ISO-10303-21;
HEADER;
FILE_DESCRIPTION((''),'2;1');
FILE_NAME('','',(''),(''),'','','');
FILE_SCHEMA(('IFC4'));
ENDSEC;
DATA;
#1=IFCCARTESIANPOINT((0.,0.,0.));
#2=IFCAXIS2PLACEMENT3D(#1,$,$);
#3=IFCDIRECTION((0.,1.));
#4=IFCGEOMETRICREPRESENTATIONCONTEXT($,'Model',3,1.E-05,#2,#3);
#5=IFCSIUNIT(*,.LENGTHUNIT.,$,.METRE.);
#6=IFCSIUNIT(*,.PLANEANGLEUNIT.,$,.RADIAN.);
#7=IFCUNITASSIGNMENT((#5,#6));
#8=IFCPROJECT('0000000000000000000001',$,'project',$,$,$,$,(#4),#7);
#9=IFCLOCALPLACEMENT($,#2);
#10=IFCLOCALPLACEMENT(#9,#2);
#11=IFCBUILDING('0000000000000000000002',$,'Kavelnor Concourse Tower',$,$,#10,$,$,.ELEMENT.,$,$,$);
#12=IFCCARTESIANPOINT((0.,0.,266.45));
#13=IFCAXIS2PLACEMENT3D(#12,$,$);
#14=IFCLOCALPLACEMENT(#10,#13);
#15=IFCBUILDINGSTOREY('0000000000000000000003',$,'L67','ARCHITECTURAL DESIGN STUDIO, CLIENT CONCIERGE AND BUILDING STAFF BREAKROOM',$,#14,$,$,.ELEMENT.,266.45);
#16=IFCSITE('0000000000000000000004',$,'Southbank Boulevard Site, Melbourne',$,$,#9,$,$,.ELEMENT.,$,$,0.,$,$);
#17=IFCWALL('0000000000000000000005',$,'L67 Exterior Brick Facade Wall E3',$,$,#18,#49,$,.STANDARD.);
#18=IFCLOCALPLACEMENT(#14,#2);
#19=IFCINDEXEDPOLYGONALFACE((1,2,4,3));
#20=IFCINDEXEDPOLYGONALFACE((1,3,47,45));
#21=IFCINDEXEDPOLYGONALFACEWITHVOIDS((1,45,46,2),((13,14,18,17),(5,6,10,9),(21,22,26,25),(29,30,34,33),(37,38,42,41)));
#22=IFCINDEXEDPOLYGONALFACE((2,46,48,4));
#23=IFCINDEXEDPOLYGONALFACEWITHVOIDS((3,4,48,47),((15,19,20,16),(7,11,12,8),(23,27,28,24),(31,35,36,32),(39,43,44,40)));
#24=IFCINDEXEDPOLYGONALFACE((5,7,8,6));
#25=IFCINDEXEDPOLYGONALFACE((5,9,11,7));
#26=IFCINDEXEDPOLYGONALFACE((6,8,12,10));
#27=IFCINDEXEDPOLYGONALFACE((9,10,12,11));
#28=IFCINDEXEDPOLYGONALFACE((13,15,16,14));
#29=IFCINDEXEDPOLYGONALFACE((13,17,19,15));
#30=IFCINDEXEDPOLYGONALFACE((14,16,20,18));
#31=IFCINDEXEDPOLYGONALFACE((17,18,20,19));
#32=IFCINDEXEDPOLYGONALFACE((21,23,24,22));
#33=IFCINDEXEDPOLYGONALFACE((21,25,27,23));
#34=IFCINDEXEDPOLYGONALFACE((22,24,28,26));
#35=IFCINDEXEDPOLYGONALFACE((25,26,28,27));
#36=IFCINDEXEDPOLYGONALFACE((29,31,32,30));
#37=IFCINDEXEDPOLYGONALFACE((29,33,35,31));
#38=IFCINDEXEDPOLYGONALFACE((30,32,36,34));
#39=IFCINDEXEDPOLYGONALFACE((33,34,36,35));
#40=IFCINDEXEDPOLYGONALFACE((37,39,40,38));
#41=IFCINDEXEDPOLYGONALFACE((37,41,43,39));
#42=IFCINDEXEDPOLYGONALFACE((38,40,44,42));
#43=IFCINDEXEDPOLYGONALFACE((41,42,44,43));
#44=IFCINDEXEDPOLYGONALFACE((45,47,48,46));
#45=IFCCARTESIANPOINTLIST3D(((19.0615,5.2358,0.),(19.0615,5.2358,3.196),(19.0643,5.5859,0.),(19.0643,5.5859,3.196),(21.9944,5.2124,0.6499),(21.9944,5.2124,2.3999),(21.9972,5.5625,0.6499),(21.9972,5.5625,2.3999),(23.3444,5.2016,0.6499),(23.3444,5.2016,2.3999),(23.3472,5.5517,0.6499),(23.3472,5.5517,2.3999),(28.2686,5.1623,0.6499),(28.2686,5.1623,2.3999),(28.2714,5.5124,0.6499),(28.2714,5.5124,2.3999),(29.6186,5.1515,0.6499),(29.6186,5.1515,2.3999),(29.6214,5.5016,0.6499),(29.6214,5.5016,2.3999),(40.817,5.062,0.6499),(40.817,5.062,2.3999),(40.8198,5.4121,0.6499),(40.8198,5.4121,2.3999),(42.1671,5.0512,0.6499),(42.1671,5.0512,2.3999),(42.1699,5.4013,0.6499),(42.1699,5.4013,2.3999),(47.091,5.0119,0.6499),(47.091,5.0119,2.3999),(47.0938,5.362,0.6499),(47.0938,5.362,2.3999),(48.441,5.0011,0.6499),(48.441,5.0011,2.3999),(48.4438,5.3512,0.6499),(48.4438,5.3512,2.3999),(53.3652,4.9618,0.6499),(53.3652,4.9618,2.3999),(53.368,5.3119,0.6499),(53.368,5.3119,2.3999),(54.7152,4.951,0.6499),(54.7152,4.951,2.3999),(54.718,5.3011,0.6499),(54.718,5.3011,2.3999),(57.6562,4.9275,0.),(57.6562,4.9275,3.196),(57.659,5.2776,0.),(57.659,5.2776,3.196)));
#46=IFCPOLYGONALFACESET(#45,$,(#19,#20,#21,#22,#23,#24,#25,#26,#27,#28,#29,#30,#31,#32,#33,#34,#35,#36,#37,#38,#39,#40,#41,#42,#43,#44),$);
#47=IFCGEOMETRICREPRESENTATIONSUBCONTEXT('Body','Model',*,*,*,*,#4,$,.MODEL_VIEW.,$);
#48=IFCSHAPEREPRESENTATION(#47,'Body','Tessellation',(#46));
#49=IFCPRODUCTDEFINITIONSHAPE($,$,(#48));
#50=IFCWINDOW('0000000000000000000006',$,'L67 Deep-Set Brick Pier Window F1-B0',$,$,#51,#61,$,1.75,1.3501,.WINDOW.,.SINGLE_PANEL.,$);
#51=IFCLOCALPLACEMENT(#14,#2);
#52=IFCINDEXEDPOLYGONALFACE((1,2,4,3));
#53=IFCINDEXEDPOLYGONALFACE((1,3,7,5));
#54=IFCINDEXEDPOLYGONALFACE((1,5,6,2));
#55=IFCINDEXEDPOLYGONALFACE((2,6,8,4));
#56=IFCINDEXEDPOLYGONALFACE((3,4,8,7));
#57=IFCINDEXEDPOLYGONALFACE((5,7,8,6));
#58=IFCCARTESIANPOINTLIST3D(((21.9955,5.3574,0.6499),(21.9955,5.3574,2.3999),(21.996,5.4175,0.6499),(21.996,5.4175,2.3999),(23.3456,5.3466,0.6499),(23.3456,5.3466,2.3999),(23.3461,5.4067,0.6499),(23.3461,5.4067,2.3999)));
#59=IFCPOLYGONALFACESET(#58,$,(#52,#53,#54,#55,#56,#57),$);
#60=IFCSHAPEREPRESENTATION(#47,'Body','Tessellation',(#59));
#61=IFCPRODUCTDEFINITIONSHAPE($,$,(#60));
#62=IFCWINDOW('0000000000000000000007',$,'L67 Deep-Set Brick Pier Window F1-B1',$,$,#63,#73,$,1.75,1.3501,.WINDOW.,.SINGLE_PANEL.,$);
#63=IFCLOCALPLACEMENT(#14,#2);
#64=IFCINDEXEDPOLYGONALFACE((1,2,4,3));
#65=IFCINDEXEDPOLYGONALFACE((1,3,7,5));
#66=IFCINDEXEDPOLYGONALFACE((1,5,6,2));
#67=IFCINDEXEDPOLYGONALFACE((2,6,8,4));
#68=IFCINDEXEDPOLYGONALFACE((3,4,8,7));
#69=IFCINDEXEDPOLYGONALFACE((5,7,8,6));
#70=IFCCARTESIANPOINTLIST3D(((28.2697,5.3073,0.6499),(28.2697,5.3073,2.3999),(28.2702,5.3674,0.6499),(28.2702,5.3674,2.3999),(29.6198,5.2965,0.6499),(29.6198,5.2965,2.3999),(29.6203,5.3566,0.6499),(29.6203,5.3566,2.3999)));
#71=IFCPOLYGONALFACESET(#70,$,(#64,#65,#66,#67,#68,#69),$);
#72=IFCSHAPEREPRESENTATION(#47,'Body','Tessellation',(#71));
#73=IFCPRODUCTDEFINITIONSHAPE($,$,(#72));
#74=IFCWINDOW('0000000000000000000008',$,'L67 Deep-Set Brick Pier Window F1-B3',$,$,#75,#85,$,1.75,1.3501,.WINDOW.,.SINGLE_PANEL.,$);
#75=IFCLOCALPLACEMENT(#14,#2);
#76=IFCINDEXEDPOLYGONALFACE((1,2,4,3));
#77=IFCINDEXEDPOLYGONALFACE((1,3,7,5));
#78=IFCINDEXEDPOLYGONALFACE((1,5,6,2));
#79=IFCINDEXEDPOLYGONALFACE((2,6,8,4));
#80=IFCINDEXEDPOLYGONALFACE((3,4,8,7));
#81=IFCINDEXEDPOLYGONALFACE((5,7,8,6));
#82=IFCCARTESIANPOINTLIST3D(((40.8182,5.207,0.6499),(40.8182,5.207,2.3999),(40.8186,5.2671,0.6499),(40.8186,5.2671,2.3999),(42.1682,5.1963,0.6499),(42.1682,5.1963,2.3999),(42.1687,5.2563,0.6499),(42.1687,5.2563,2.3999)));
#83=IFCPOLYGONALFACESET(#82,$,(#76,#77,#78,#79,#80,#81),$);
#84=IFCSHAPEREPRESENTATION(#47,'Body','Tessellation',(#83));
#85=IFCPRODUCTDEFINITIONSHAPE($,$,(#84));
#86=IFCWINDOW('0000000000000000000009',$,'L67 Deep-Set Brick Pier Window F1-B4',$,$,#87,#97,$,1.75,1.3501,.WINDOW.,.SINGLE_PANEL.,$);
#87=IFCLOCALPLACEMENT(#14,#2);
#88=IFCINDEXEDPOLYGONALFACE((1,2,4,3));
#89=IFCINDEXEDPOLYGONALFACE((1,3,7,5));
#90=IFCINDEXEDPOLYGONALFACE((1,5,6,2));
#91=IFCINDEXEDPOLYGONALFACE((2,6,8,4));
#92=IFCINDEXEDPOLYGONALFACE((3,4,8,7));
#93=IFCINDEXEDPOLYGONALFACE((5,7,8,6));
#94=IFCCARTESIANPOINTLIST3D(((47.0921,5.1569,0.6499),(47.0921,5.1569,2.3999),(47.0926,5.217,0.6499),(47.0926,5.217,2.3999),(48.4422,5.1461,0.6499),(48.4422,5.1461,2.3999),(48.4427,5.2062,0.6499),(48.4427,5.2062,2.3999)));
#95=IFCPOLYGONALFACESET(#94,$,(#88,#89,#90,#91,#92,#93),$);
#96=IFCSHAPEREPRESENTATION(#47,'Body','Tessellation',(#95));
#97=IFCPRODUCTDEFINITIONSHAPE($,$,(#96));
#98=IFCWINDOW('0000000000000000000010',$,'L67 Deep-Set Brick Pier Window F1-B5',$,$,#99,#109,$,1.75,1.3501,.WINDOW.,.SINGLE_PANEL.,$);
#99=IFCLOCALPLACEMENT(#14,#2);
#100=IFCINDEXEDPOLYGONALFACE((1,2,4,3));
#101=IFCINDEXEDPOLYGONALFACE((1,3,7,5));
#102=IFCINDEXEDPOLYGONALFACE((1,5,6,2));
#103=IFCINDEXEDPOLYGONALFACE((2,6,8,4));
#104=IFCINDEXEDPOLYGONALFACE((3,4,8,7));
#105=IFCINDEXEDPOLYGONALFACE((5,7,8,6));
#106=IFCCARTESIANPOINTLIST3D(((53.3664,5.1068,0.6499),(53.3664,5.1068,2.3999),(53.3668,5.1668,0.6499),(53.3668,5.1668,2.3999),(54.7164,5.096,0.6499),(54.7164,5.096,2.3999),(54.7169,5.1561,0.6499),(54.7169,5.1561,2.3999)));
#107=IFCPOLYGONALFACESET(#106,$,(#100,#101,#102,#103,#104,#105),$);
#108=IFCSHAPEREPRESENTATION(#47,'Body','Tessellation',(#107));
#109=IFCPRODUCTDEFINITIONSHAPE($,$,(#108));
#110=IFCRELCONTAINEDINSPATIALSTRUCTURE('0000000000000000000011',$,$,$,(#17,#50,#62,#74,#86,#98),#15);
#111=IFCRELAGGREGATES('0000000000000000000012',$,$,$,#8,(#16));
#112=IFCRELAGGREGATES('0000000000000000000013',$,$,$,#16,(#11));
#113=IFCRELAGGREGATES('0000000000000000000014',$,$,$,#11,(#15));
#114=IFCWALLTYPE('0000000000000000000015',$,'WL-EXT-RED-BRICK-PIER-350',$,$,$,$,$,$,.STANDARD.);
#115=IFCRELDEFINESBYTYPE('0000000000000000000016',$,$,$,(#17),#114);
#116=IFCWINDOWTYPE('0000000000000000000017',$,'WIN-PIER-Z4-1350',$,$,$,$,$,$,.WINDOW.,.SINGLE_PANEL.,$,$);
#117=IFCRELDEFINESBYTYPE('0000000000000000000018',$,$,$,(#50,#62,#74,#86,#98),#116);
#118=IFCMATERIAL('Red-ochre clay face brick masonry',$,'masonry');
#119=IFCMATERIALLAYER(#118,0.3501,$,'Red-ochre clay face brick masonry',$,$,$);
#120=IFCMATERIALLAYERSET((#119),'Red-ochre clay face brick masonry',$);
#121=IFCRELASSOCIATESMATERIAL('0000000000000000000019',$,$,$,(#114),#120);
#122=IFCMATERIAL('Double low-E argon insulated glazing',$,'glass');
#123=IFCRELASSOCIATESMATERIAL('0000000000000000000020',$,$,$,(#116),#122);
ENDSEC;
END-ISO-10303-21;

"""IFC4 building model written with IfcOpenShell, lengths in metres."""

from ifc_helpers import new_model, si_unit, direction, frame, frame_2d, origin, place, context, subcontext, project, spatial, rectangle, extrude, material, layer, layer_set, type_object, element, fill, save


model = new_model("IFC4")

# Units and contexts
model_context = context("Model", 3, precision=1e-05, world=origin(), true_north=direction((0.0, 1.0)))
body_context = subcontext(model_context, "Body", "Model", "MODEL_VIEW")
ifc_project = project(units=[si_unit("LENGTHUNIT", "METRE"), si_unit("PLANEANGLEUNIT", "RADIAN")], contexts=[model_context])

# Site, building, storey
site_placement = place(None, origin())
site = spatial("IfcSite", under=ifc_project, at=site_placement, Name="Southbank Boulevard Site, Melbourne", CompositionType="ELEMENT", RefElevation=0.0)
building_placement = place(site_placement, origin())
building = spatial("IfcBuilding", under=site, at=building_placement, Name="Kavelnor Concourse Tower", CompositionType="ELEMENT")
storey_placement = place(building_placement, frame((0.0, 0.0, 266.45)))
storey = spatial("IfcBuildingStorey", under=building, at=storey_placement, Name="L67", Description="ARCHITECTURAL DESIGN STUDIO, CLIENT CONCIERGE AND BUILDING STAFF BREAKROOM", CompositionType="ELEMENT", Elevation=266.45)

# Shared definitions
ifc_material_1 = material(Name="Double low-E argon insulated glazing", Category="glass")

# Wall, openings, windows
ifc_material_2 = material(Name="Red-ochre clay face brick masonry", Category="masonry")
ifc_layer_1 = layer(ifc_material_2, 0.3501, Name="Red-ochre clay face brick masonry")
ifc_layer_set_1 = layer_set([ifc_layer_1], Name="Red-ochre clay face brick masonry")
wall_type_1 = type_object("IfcWallType", Name="WL-EXT-RED-BRICK-PIER-350", PredefinedType="STANDARD", material=ifc_layer_set_1)
wall_1_placement = place(storey_placement, frame((57.6575, 5.1025, 0.0), z_axis=(0.0, 0.0, 1.0), x_axis=(-0.999968, 0.007989, 0.0)))
wall_1 = element("IfcWall", 1, at=wall_1_placement, inside=storey, type_object=wall_type_1, Name="L67 Exterior Brick Facade Wall E3", PredefinedType="STANDARD", context=body_context, shape_type="SweptSolid", body=[
    extrude(rectangle(XDim=38.5959, YDim=0.3501, at=frame_2d((19.2979, 0.0))), origin(), (0.0, 0.0, 1.0), 3.196),
])
opening_1_placement = place(wall_1_placement, frame((34.3127, 0.0, 0.6499)))
opening_1 = element("IfcOpeningElement", 2, at=opening_1_placement, cuts=wall_1, PredefinedType="OPENING", context=body_context, shape_type="SweptSolid", body=[
    extrude(rectangle(XDim=1.3501, YDim=1.75, at=frame_2d((0.675, 0.875))), frame((0.0, 0.1851, 0.0), z_axis=(0.0, -1.0, 0.0), x_axis=(1.0, 0.0, 0.0)), (0.0, 0.0, 1.0), 0.3701),
])
opening_2_placement = place(wall_1_placement, frame((28.0383, 0.0, 0.6499)))
opening_2 = element("IfcOpeningElement", 3, at=opening_2_placement, cuts=wall_1, PredefinedType="OPENING", context=body_context, shape_type="SweptSolid", body=[
    extrude(rectangle(XDim=1.3501, YDim=1.75, at=frame_2d((0.675, 0.875))), frame((0.0, 0.1851, 0.0), z_axis=(0.0, -1.0, 0.0), x_axis=(1.0, 0.0, 0.0)), (0.0, 0.0, 1.0), 0.3701),
])
opening_3_placement = place(wall_1_placement, frame((15.4895, 0.0, 0.6499)))
opening_3 = element("IfcOpeningElement", 4, at=opening_3_placement, cuts=wall_1, PredefinedType="OPENING", context=body_context, shape_type="SweptSolid", body=[
    extrude(rectangle(XDim=1.3501, YDim=1.75, at=frame_2d((0.675, 0.875))), frame((0.0, 0.1851, 0.0), z_axis=(0.0, -1.0, 0.0), x_axis=(1.0, 0.0, 0.0)), (0.0, 0.0, 1.0), 0.3701),
])
opening_4_placement = place(wall_1_placement, frame((9.2153, 0.0, 0.6499)))
opening_4 = element("IfcOpeningElement", 5, at=opening_4_placement, cuts=wall_1, PredefinedType="OPENING", context=body_context, shape_type="SweptSolid", body=[
    extrude(rectangle(XDim=1.3501, YDim=1.75, at=frame_2d((0.675, 0.875))), frame((0.0, 0.1851, 0.0), z_axis=(0.0, -1.0, 0.0), x_axis=(1.0, 0.0, 0.0)), (0.0, 0.0, 1.0), 0.3701),
])
opening_5_placement = place(wall_1_placement, frame((2.9409, 0.0, 0.6499)))
opening_5 = element("IfcOpeningElement", 6, at=opening_5_placement, cuts=wall_1, PredefinedType="OPENING", context=body_context, shape_type="SweptSolid", body=[
    extrude(rectangle(XDim=1.3501, YDim=1.75, at=frame_2d((0.675, 0.875))), frame((0.0, 0.1851, 0.0), z_axis=(0.0, -1.0, 0.0), x_axis=(1.0, 0.0, 0.0)), (0.0, 0.0, 1.0), 0.3701),
])
window_type_1 = type_object("IfcWindowType", Name="WIN-PIER-Z4-1350", PartitioningType="SINGLE_PANEL", PredefinedType="WINDOW", material=ifc_material_1)
window_1_placement = place(opening_1_placement, origin())
window_1 = element("IfcWindow", 7, at=window_1_placement, inside=storey, type_object=window_type_1, Name="L67 Deep-Set Brick Pier Window F1-B0", OverallHeight=1.75, OverallWidth=1.3501, PartitioningType="SINGLE_PANEL", PredefinedType="WINDOW", context=body_context, shape_type="SweptSolid", body=[
    extrude(rectangle(XDim=1.3501, YDim=1.75, at=frame_2d((0.675, 0.875))), frame((0.0, 0.03, 0.0), z_axis=(0.0, -1.0, 0.0), x_axis=(1.0, 0.0, 0.0)), (0.0, 0.0, 1.0), 0.0601),
])
fill(opening_1, window_1)
window_2_placement = place(opening_2_placement, origin())
window_2 = element("IfcWindow", 8, at=window_2_placement, inside=storey, type_object=window_type_1, Name="L67 Deep-Set Brick Pier Window F1-B1", OverallHeight=1.75, OverallWidth=1.3501, PartitioningType="SINGLE_PANEL", PredefinedType="WINDOW", context=body_context, shape_type="SweptSolid", body=[
    extrude(rectangle(XDim=1.3501, YDim=1.75, at=frame_2d((0.675, 0.875))), frame((0.0, 0.03, 0.0), z_axis=(0.0, -1.0, 0.0), x_axis=(1.0, 0.0, 0.0)), (0.0, 0.0, 1.0), 0.0601),
])
fill(opening_2, window_2)
window_3_placement = place(opening_3_placement, origin())
window_3 = element("IfcWindow", 9, at=window_3_placement, inside=storey, type_object=window_type_1, Name="L67 Deep-Set Brick Pier Window F1-B3", OverallHeight=1.75, OverallWidth=1.3501, PartitioningType="SINGLE_PANEL", PredefinedType="WINDOW", context=body_context, shape_type="SweptSolid", body=[
    extrude(rectangle(XDim=1.3501, YDim=1.75, at=frame_2d((0.675, 0.875))), frame((0.0, 0.03, 0.0), z_axis=(0.0, -1.0, 0.0), x_axis=(1.0, 0.0, 0.0)), (0.0, 0.0, 1.0), 0.0601),
])
fill(opening_3, window_3)
window_4_placement = place(opening_4_placement, origin())
window_4 = element("IfcWindow", 10, at=window_4_placement, inside=storey, type_object=window_type_1, Name="L67 Deep-Set Brick Pier Window F1-B4", OverallHeight=1.75, OverallWidth=1.3501, PartitioningType="SINGLE_PANEL", PredefinedType="WINDOW", context=body_context, shape_type="SweptSolid", body=[
    extrude(rectangle(XDim=1.3501, YDim=1.75, at=frame_2d((0.675, 0.875))), frame((0.0, 0.03, 0.0), z_axis=(0.0, -1.0, 0.0), x_axis=(1.0, 0.0, 0.0)), (0.0, 0.0, 1.0), 0.0601),
])
fill(opening_4, window_4)
window_5_placement = place(opening_5_placement, origin())
window_5 = element("IfcWindow", 11, at=window_5_placement, inside=storey, type_object=window_type_1, Name="L67 Deep-Set Brick Pier Window F1-B5", OverallHeight=1.75, OverallWidth=1.3501, PartitioningType="SINGLE_PANEL", PredefinedType="WINDOW", context=body_context, shape_type="SweptSolid", body=[
    extrude(rectangle(XDim=1.3501, YDim=1.75, at=frame_2d((0.675, 0.875))), frame((0.0, 0.03, 0.0), z_axis=(0.0, -1.0, 0.0), x_axis=(1.0, 0.0, 0.0)), (0.0, 0.0, 1.0), 0.0601),
])
fill(opening_5, window_5)

save(model, "model.ifc")
